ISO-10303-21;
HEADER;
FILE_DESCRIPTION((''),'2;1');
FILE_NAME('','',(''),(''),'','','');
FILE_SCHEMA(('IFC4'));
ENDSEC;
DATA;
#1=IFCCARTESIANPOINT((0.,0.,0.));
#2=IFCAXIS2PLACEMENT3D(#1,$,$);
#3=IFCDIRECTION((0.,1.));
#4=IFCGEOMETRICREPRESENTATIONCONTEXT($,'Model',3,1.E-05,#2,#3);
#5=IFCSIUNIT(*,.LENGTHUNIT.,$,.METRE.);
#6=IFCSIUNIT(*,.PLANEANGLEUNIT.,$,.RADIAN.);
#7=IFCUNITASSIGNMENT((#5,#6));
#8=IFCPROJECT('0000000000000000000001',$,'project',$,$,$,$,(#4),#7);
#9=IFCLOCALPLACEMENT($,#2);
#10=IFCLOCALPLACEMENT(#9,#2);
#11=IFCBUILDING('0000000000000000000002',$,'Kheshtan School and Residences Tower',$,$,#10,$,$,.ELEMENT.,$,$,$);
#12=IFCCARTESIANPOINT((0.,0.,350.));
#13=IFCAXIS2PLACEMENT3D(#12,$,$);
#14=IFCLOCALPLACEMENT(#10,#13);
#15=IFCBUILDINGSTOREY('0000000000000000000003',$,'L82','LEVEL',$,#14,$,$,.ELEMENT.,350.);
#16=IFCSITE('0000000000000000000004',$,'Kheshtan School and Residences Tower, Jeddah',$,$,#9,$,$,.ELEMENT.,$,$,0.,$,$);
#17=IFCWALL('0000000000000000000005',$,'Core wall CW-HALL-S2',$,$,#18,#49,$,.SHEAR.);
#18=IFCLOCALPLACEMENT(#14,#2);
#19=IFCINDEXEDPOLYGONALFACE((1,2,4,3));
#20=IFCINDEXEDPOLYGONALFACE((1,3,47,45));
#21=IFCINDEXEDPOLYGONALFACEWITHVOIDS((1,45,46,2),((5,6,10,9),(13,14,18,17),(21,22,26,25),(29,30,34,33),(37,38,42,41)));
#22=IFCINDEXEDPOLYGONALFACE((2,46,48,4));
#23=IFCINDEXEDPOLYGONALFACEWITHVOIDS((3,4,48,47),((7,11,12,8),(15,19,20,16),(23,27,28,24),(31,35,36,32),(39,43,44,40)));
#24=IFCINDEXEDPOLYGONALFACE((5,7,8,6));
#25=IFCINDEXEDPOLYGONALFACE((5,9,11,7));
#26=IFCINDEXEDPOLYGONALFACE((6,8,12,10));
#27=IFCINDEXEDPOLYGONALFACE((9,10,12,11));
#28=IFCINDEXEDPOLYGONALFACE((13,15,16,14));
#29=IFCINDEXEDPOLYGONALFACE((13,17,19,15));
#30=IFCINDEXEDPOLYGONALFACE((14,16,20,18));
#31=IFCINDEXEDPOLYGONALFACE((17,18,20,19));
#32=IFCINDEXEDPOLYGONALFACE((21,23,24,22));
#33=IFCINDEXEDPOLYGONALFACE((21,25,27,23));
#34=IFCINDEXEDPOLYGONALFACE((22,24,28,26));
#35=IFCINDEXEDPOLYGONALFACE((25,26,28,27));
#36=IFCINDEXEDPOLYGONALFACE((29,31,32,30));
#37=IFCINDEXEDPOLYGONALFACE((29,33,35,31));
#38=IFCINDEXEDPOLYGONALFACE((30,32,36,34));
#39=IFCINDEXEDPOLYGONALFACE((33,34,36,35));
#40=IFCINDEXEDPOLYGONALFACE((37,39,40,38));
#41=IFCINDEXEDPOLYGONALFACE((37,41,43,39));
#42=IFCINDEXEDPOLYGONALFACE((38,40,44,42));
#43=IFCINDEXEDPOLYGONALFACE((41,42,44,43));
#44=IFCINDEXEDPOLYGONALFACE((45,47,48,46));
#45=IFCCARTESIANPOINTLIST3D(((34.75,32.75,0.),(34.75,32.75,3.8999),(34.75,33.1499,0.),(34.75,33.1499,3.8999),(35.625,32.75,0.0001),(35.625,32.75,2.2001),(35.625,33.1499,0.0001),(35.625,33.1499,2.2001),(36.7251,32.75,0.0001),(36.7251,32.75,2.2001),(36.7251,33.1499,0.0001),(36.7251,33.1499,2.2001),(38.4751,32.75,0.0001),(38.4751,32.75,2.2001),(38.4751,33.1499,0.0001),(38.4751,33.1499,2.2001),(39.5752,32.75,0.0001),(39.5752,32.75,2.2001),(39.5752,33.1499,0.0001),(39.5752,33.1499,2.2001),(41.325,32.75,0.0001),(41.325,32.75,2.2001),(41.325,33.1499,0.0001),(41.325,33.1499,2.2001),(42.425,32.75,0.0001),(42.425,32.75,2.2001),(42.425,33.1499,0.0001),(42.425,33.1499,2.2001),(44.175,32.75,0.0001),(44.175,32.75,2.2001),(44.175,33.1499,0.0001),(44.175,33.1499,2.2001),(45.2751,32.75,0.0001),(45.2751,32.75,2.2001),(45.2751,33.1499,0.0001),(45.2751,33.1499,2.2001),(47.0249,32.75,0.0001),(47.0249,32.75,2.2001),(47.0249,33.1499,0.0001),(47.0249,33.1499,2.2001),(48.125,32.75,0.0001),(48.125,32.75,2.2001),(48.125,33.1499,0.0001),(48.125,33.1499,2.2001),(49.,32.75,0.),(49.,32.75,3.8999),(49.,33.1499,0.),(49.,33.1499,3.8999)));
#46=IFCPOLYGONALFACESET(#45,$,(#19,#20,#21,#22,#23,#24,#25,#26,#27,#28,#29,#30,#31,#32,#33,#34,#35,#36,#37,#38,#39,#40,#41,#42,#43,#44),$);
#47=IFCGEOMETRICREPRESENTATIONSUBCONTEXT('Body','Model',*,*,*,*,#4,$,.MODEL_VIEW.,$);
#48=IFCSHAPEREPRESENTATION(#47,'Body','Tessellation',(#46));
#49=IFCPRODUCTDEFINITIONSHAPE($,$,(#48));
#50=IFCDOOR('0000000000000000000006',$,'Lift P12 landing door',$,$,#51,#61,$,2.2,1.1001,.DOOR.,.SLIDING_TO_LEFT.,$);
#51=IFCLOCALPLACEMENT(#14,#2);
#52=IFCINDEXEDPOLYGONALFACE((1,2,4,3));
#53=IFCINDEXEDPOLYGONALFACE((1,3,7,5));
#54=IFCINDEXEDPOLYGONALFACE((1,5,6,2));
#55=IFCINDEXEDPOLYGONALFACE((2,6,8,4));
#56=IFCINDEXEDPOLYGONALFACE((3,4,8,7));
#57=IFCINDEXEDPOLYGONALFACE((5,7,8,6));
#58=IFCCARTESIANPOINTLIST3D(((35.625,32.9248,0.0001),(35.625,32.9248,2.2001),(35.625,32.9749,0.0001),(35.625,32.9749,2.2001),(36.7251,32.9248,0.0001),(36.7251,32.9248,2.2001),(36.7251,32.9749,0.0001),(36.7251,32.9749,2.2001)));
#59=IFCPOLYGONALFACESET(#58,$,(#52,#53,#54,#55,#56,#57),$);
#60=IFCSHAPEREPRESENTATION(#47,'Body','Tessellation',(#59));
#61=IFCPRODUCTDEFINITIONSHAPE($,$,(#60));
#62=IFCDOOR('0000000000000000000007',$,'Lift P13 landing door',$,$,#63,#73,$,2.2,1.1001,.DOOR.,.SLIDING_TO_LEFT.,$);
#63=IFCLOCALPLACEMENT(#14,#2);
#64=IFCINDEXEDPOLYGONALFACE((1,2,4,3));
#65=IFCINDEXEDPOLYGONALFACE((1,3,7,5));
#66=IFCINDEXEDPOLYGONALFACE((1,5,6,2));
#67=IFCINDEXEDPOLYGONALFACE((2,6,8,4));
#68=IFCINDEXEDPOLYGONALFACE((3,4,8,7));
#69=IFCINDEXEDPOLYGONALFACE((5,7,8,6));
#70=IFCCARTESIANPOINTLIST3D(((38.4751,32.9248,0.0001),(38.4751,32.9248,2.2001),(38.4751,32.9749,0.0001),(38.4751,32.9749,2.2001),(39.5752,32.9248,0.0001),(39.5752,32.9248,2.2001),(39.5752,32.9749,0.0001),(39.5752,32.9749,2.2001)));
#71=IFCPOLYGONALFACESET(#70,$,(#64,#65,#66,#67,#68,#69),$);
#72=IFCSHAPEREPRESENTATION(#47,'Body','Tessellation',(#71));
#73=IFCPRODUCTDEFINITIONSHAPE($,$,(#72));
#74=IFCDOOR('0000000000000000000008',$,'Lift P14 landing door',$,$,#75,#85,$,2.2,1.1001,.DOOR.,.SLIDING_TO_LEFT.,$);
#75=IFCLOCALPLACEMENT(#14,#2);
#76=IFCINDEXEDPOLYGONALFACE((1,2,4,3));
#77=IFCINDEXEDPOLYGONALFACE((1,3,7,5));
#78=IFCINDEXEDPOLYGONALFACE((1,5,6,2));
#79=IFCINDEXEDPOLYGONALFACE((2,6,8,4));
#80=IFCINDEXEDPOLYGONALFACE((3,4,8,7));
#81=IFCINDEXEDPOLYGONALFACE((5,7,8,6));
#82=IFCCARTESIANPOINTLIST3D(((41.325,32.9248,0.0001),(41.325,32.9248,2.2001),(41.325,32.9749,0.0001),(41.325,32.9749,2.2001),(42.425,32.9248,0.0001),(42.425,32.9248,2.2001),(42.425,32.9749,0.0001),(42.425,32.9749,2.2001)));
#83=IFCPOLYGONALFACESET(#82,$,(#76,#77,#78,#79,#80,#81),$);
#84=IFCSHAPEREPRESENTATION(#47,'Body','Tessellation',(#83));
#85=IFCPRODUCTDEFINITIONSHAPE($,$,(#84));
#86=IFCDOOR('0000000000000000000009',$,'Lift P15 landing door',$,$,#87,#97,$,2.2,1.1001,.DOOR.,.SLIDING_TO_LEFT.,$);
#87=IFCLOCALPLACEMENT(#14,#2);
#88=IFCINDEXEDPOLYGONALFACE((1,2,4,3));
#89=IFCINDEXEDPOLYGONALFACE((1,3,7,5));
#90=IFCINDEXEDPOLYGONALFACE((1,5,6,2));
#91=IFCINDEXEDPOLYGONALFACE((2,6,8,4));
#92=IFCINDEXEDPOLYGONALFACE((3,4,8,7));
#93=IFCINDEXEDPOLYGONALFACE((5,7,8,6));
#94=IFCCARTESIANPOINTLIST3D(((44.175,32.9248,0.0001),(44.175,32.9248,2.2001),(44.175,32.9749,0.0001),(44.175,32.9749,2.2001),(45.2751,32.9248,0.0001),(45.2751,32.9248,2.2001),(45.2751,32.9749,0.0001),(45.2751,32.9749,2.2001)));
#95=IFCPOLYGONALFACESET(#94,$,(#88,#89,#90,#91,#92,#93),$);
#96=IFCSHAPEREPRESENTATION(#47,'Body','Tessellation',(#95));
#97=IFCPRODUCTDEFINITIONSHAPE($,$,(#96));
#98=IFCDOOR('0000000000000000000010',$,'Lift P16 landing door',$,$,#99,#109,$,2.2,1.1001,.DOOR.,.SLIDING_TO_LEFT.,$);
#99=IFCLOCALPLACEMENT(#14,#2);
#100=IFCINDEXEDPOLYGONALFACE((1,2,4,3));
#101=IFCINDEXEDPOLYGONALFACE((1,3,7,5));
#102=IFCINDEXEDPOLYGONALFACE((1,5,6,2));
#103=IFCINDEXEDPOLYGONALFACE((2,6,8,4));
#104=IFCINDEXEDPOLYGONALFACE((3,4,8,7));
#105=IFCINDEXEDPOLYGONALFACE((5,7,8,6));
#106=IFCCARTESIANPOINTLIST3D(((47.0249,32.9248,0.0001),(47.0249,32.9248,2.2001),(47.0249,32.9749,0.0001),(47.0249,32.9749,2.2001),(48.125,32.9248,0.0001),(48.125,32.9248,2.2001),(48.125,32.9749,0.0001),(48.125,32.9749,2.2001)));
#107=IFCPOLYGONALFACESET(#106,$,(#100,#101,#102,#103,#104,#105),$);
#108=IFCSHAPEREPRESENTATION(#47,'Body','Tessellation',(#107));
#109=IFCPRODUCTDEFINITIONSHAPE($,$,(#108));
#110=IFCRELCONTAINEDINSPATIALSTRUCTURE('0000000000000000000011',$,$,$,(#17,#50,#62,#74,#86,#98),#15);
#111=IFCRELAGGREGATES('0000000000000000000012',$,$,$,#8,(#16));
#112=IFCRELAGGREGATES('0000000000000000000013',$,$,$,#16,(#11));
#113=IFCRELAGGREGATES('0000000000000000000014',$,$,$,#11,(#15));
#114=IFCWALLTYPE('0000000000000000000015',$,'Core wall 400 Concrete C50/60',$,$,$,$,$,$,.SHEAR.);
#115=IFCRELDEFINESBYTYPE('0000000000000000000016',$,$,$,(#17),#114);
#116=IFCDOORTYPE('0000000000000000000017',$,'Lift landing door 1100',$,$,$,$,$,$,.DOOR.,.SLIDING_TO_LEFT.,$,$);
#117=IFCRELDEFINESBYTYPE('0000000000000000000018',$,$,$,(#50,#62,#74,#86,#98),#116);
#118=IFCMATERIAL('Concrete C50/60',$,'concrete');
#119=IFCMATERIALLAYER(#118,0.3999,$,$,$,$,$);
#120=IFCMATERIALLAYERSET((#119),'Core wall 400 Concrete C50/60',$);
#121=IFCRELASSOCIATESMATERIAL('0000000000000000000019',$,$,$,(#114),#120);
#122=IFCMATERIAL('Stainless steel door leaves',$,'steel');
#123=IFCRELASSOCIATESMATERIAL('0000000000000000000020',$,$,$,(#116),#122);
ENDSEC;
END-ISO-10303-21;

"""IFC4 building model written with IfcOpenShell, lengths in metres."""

from ifc_helpers import new_model, si_unit, direction, frame, frame_2d, origin, place, context, subcontext, project, spatial, rectangle, extrude, source, transform, mapped, material, layer, layer_set, type_object, element, fill, save


model = new_model("IFC4")

# Units and contexts
model_context = context("Model", 3, precision=1e-05, world=origin(), true_north=direction((0.0, 1.0)))
body_context = subcontext(model_context, "Body", "Model", "MODEL_VIEW")
ifc_project = project(units=[si_unit("LENGTHUNIT", "METRE"), si_unit("PLANEANGLEUNIT", "RADIAN")], contexts=[model_context])

# Site, building, storey
site_placement = place(None, origin())
site = spatial("IfcSite", under=ifc_project, at=site_placement, Name="Kheshtan School and Residences Tower, Jeddah", CompositionType="ELEMENT", RefElevation=0.0)
building_placement = place(site_placement, origin())
building = spatial("IfcBuilding", under=site, at=building_placement, Name="Kheshtan School and Residences Tower", CompositionType="ELEMENT")
storey_placement = place(building_placement, frame((0.0, 0.0, 350.0)))
storey = spatial("IfcBuildingStorey", under=building, at=storey_placement, Name="L82", Description="LEVEL", CompositionType="ELEMENT", Elevation=350.0)

# Wall, openings, doors
ifc_material_1 = material(Name="Concrete C50/60", Category="concrete")
ifc_layer_1 = layer(ifc_material_1, 0.3999)
ifc_layer_set_1 = layer_set([ifc_layer_1], Name="Core wall 400 Concrete C50/60")
wall_type_1 = type_object("IfcWallType", Name="Core wall 400 Concrete C50/60", PredefinedType="SHEAR", material=ifc_layer_set_1)
wall_1_placement = place(storey_placement, frame((34.75, 32.95, 0.0), z_axis=(0.0, 0.0, 1.0), x_axis=(1.0, 0.0, 0.0)))
wall_1 = element("IfcWall", 1, at=wall_1_placement, inside=storey, type_object=wall_type_1, Name="Core wall CW-HALL-S2", PredefinedType="SHEAR", context=body_context, shape_type="SweptSolid", body=[
    extrude(rectangle(XDim=14.25, YDim=0.3999, at=frame_2d((7.125, 0.0))), origin(), (0.0, 0.0, 1.0), 3.8999),
])
opening_1_placement = place(wall_1_placement, frame((0.875, 0.0, 0.0)))
opening_1 = element("IfcOpeningElement", 2, at=opening_1_placement, cuts=wall_1, PredefinedType="OPENING", context=body_context, shape_type="SweptSolid", body=[
    extrude(rectangle(XDim=1.1001, YDim=2.2, at=frame_2d((0.55, 1.1001))), frame((0.0, 0.21, 0.0), z_axis=(0.0, -1.0, 0.0), x_axis=(1.0, 0.0, 0.0)), (0.0, 0.0, 1.0), 0.4199),
])
opening_2_placement = place(wall_1_placement, frame((3.7251, 0.0, 0.0)))
opening_2 = element("IfcOpeningElement", 3, at=opening_2_placement, cuts=wall_1, PredefinedType="OPENING", context=body_context, shape_type="SweptSolid", body=[
    extrude(rectangle(XDim=1.1001, YDim=2.2, at=frame_2d((0.55, 1.1001))), frame((0.0, 0.21, 0.0), z_axis=(0.0, -1.0, 0.0), x_axis=(1.0, 0.0, 0.0)), (0.0, 0.0, 1.0), 0.4199),
])
opening_3_placement = place(wall_1_placement, frame((6.575, 0.0, 0.0)))
opening_3 = element("IfcOpeningElement", 4, at=opening_3_placement, cuts=wall_1, PredefinedType="OPENING", context=body_context, shape_type="SweptSolid", body=[
    extrude(rectangle(XDim=1.1001, YDim=2.2, at=frame_2d((0.55, 1.1001))), frame((0.0, 0.21, 0.0), z_axis=(0.0, -1.0, 0.0), x_axis=(1.0, 0.0, 0.0)), (0.0, 0.0, 1.0), 0.4199),
])
opening_4_placement = place(wall_1_placement, frame((9.425, 0.0, 0.0)))
opening_4 = element("IfcOpeningElement", 5, at=opening_4_placement, cuts=wall_1, PredefinedType="OPENING", context=body_context, shape_type="SweptSolid", body=[
    extrude(rectangle(XDim=1.1001, YDim=2.2, at=frame_2d((0.55, 1.1001))), frame((0.0, 0.21, 0.0), z_axis=(0.0, -1.0, 0.0), x_axis=(1.0, 0.0, 0.0)), (0.0, 0.0, 1.0), 0.4199),
])
opening_5_placement = place(wall_1_placement, frame((12.2749, 0.0, 0.0)))
opening_5 = element("IfcOpeningElement", 6, at=opening_5_placement, cuts=wall_1, PredefinedType="OPENING", context=body_context, shape_type="SweptSolid", body=[
    extrude(rectangle(XDim=1.1001, YDim=2.2, at=frame_2d((0.55, 1.1001))), frame((0.0, 0.21, 0.0), z_axis=(0.0, -1.0, 0.0), x_axis=(1.0, 0.0, 0.0)), (0.0, 0.0, 1.0), 0.4199),
])
ifc_material_2 = material(Name="Stainless steel door leaves", Category="steel")
door_type_1 = type_object("IfcDoorType", Name="Lift landing door 1100", OperationType="SLIDING_TO_LEFT", PredefinedType="DOOR", material=ifc_material_2)
shared_shape_1 = source(origin(), body_context, "Body", "SweptSolid", [
    extrude(rectangle(XDim=1.1001, YDim=2.2, at=frame_2d((0.55, 1.1001))), frame((0.0, 0.0249, 0.0), z_axis=(0.0, -1.0, 0.0), x_axis=(1.0, 0.0, 0.0)), (0.0, 0.0, 1.0), 0.05),
])
door_1_placement = place(opening_1_placement, origin())
door_1 = element("IfcDoor", 7, at=door_1_placement, inside=storey, type_object=door_type_1, Name="Lift P12 landing door", OperationType="SLIDING_TO_LEFT", OverallHeight=2.2, OverallWidth=1.1001, PredefinedType="DOOR", context=body_context, shape_type="MappedRepresentation", body=[
    mapped(shared_shape_1, transform((0.0, 0.0, 0.0), x_axis=(1.0, 0.0, 0.0), y_axis=(0.0, 1.0, 0.0), z_axis=(0.0, 0.0, 1.0), scale=1.0)),
])
fill(opening_1, door_1)
door_2_placement = place(opening_2_placement, origin())
door_2 = element("IfcDoor", 8, at=door_2_placement, inside=storey, type_object=door_type_1, Name="Lift P13 landing door", OperationType="SLIDING_TO_LEFT", OverallHeight=2.2, OverallWidth=1.1001, PredefinedType="DOOR", context=body_context, shape_type="MappedRepresentation", body=[
    mapped(shared_shape_1, transform((0.0, 0.0, 0.0), x_axis=(1.0, 0.0, 0.0), y_axis=(0.0, 1.0, 0.0), z_axis=(0.0, 0.0, 1.0), scale=1.0)),
])
fill(opening_2, door_2)
door_3_placement = place(opening_3_placement, origin())
door_3 = element("IfcDoor", 9, at=door_3_placement, inside=storey, type_object=door_type_1, Name="Lift P14 landing door", OperationType="SLIDING_TO_LEFT", OverallHeight=2.2, OverallWidth=1.1001, PredefinedType="DOOR", context=body_context, shape_type="MappedRepresentation", body=[
    mapped(shared_shape_1, transform((0.0, 0.0, 0.0), x_axis=(1.0, 0.0, 0.0), y_axis=(0.0, 1.0, 0.0), z_axis=(0.0, 0.0, 1.0), scale=1.0)),
])
fill(opening_3, door_3)
door_4_placement = place(opening_4_placement, origin())
door_4 = element("IfcDoor", 10, at=door_4_placement, inside=storey, type_object=door_type_1, Name="Lift P15 landing door", OperationType="SLIDING_TO_LEFT", OverallHeight=2.2, OverallWidth=1.1001, PredefinedType="DOOR", context=body_context, shape_type="MappedRepresentation", body=[
    mapped(shared_shape_1, transform((0.0, 0.0, 0.0), x_axis=(1.0, 0.0, 0.0), y_axis=(0.0, 1.0, 0.0), z_axis=(0.0, 0.0, 1.0), scale=1.0)),
])
fill(opening_4, door_4)
door_5_placement = place(opening_5_placement, origin())
door_5 = element("IfcDoor", 11, at=door_5_placement, inside=storey, type_object=door_type_1, Name="Lift P16 landing door", OperationType="SLIDING_TO_LEFT", OverallHeight=2.2, OverallWidth=1.1001, PredefinedType="DOOR", context=body_context, shape_type="MappedRepresentation", body=[
    mapped(shared_shape_1, transform((0.0, 0.0, 0.0), x_axis=(1.0, 0.0, 0.0), y_axis=(0.0, 1.0, 0.0), z_axis=(0.0, 0.0, 1.0), scale=1.0)),
])
fill(opening_5, door_5)

save(model, "model.ifc")
